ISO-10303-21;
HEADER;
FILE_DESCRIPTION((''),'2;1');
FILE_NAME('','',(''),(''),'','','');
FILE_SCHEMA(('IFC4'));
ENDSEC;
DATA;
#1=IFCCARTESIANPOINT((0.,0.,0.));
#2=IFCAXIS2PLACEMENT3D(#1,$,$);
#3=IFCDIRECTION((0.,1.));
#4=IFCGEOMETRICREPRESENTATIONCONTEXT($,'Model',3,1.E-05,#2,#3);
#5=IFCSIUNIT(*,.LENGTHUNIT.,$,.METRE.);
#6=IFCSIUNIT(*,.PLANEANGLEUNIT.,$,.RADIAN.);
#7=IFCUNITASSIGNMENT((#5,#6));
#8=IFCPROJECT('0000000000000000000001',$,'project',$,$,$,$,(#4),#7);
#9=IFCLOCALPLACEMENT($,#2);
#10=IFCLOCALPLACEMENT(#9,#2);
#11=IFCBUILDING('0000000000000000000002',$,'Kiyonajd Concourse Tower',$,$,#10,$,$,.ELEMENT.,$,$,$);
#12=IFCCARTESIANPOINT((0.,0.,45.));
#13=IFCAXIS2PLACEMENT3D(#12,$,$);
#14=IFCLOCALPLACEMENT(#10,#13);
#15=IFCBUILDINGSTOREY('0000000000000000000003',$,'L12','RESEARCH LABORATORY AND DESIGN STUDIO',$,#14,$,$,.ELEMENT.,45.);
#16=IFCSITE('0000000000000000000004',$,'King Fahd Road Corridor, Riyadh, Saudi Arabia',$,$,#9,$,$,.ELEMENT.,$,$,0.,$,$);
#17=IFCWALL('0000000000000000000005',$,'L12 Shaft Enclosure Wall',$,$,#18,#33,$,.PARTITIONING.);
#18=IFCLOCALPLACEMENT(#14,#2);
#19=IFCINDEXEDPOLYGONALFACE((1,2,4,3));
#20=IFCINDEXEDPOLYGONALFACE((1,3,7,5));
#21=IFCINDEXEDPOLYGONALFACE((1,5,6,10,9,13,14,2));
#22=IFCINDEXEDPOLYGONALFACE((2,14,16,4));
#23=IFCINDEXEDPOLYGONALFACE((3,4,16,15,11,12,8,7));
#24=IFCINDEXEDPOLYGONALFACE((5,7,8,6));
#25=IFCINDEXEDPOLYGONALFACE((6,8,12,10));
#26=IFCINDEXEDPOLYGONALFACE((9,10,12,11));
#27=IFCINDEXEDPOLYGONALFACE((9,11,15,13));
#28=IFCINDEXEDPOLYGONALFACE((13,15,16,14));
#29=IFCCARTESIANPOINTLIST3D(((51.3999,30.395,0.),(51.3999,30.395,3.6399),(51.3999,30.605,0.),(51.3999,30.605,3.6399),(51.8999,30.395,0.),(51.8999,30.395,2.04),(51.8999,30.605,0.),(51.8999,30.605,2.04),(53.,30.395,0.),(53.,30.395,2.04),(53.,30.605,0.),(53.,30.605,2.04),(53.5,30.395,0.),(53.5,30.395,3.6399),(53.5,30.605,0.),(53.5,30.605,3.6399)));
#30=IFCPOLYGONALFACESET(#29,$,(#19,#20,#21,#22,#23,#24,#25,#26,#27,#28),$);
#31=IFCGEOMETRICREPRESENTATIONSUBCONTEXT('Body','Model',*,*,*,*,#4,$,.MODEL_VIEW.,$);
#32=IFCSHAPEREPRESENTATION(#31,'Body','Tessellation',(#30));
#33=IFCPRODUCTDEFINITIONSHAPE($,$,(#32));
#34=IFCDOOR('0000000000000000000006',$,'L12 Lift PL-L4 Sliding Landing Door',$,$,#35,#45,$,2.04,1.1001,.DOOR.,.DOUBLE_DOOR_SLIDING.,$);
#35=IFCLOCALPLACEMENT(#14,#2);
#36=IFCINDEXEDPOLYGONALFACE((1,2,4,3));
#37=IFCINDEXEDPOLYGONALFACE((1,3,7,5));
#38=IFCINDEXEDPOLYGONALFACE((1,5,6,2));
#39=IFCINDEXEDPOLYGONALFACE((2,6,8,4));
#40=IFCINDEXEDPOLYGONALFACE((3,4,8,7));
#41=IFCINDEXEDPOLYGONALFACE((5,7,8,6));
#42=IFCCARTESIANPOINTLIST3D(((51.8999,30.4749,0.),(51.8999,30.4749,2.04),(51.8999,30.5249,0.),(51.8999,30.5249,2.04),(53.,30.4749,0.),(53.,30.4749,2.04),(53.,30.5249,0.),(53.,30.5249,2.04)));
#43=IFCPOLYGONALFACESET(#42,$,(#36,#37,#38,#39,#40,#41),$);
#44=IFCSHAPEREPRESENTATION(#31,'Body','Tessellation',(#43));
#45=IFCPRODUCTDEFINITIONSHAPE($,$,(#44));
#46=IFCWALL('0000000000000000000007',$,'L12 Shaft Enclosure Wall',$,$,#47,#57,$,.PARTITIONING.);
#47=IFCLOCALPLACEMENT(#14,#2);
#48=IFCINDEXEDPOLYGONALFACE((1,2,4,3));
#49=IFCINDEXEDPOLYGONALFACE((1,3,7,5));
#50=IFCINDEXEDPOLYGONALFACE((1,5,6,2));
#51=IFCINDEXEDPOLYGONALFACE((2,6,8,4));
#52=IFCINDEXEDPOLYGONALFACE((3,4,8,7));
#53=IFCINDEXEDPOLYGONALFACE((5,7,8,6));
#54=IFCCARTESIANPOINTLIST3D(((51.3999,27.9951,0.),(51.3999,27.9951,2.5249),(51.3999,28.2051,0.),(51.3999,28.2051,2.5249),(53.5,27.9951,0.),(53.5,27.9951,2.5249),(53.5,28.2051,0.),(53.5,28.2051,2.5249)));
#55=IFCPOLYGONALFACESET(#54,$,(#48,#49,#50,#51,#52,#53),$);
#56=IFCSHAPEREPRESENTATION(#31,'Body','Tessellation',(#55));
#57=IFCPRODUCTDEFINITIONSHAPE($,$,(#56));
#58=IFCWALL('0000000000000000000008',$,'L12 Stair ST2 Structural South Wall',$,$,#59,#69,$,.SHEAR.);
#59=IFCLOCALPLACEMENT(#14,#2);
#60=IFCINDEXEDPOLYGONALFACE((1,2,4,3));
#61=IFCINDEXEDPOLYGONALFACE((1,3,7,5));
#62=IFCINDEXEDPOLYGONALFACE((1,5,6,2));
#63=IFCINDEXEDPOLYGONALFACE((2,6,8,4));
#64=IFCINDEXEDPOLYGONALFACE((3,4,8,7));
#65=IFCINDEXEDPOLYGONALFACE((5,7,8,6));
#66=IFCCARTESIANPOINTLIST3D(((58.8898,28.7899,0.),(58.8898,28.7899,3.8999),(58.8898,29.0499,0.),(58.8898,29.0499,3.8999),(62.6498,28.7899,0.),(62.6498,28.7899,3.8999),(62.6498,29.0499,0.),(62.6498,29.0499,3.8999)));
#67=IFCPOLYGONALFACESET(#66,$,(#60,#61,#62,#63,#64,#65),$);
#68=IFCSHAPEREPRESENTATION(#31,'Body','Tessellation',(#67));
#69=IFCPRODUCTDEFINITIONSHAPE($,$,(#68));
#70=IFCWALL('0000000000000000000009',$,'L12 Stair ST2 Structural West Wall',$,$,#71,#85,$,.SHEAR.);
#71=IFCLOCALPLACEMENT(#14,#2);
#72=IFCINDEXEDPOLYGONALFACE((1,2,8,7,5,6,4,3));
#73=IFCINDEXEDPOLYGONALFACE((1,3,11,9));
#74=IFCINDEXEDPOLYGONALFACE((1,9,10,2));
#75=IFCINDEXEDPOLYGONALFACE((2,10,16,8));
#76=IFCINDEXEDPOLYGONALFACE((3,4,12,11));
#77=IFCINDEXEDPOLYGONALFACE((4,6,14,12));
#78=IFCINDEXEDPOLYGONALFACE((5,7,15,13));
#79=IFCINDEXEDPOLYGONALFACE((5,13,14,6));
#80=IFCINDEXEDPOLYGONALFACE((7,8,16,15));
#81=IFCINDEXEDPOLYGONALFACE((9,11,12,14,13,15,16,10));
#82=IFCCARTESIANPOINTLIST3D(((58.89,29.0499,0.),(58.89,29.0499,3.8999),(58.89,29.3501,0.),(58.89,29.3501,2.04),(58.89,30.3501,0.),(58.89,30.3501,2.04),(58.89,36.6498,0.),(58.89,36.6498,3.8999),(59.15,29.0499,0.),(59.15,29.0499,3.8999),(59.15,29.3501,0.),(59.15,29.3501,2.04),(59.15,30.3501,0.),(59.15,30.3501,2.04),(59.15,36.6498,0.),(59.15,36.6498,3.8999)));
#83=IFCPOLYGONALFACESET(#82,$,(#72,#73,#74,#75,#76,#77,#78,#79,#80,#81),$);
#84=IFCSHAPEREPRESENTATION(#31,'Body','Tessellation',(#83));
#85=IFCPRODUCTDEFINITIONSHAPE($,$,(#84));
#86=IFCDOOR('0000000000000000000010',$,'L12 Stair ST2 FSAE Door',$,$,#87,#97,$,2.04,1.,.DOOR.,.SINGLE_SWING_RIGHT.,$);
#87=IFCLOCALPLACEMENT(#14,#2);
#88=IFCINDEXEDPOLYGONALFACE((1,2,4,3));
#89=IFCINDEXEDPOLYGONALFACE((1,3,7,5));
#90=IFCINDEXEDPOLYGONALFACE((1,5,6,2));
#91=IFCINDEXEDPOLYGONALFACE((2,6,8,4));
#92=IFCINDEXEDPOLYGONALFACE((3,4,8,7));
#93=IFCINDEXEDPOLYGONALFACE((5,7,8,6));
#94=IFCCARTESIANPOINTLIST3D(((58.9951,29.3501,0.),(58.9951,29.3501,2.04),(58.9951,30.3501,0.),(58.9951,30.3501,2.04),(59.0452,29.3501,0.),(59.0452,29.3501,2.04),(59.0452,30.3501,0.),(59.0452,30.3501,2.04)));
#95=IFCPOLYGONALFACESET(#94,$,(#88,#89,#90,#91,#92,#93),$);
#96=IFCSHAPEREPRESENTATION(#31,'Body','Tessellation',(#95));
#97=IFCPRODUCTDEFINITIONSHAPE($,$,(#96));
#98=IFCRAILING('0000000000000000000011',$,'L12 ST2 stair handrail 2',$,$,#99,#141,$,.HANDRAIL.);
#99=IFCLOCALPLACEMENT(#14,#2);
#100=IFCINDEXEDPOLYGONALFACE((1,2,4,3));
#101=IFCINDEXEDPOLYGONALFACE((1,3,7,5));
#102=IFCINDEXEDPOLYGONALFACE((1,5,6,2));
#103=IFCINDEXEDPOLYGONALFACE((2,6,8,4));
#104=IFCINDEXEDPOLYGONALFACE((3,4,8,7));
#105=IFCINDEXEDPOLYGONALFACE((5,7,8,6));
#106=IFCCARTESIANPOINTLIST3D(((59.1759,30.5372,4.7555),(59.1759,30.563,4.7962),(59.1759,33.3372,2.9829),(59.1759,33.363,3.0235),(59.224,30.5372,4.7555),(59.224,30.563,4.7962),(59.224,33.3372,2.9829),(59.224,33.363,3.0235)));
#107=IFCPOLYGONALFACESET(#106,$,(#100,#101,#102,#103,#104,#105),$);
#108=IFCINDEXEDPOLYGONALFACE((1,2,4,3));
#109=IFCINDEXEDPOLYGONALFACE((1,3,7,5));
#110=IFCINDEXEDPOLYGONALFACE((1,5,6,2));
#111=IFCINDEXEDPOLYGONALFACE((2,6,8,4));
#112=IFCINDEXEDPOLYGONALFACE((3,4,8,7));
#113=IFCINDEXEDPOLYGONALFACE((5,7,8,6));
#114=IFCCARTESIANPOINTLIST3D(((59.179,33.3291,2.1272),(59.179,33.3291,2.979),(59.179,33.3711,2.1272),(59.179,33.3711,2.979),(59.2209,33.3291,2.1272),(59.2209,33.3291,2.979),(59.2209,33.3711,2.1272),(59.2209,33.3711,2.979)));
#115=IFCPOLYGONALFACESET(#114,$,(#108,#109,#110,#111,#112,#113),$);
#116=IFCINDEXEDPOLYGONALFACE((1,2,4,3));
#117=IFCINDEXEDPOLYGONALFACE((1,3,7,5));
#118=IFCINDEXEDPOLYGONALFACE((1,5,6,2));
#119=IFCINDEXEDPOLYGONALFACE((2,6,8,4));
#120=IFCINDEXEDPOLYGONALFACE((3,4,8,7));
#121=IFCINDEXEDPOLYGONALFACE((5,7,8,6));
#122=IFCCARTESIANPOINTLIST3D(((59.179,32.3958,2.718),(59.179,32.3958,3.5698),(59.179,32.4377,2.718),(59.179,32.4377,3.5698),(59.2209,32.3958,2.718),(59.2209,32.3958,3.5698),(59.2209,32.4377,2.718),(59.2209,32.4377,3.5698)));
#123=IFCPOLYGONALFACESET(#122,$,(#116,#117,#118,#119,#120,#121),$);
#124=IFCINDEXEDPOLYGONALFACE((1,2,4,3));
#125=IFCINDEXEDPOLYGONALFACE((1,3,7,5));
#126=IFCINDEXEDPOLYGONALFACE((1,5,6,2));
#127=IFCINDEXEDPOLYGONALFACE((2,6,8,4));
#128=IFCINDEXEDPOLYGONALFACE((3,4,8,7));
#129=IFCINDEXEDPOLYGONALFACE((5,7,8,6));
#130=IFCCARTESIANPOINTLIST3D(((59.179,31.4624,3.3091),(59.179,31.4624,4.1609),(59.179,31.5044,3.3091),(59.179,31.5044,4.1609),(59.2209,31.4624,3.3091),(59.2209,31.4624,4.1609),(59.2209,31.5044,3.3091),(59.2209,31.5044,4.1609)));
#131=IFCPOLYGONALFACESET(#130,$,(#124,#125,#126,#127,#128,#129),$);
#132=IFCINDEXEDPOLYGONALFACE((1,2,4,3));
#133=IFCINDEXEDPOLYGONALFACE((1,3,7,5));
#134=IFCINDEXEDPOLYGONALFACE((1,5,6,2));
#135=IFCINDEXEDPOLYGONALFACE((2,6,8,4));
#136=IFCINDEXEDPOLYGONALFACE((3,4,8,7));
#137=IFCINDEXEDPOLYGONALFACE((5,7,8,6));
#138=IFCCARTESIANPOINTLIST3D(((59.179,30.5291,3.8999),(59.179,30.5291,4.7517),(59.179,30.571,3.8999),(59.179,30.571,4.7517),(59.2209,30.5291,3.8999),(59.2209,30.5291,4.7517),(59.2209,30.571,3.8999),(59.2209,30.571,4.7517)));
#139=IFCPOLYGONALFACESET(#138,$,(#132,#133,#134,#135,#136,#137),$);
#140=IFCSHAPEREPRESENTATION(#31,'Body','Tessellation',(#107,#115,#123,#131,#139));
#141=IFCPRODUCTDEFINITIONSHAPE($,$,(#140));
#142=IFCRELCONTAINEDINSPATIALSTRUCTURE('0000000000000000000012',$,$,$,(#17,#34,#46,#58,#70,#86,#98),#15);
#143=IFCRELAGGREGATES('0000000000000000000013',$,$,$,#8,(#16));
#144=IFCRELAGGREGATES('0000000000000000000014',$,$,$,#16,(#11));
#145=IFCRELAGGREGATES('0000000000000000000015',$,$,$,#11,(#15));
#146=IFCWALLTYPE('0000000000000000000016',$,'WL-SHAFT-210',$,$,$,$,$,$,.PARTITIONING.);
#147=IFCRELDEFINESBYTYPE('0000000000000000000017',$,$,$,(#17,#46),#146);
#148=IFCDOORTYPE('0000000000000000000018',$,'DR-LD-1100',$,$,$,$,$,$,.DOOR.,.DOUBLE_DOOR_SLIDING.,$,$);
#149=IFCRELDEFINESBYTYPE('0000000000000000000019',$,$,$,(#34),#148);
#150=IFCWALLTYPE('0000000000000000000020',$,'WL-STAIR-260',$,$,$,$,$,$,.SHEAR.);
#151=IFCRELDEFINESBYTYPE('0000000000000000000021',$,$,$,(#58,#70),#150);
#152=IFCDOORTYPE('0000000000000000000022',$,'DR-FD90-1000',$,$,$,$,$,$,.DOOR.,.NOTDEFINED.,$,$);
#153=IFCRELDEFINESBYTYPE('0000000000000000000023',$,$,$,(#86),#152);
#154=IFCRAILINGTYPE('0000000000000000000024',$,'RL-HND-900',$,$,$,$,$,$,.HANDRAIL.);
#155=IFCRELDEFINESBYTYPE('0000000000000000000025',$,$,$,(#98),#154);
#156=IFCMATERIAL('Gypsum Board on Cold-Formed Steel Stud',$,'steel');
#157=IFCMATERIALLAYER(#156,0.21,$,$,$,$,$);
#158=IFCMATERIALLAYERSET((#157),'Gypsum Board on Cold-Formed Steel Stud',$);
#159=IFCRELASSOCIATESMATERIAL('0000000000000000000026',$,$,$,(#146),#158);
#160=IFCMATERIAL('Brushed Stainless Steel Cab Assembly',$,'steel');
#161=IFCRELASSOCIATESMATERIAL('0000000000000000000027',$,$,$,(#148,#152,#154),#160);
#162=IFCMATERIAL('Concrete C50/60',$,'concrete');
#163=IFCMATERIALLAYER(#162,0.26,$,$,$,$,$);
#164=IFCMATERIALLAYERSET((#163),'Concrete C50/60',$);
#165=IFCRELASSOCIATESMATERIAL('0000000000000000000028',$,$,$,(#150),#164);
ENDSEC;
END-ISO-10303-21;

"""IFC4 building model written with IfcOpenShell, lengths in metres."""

from ifc_helpers import new_model, si_unit, direction, frame, frame_2d, origin, origin_2d, place, context, subcontext, project, spatial, rectangle, extrude, material, layer, layer_set, type_object, element, fill, save


model = new_model("IFC4")

# Units and contexts
model_context = context("Model", 3, precision=1e-05, world=origin(), true_north=direction((0.0, 1.0)))
body_context = subcontext(model_context, "Body", "Model", "MODEL_VIEW")
ifc_project = project(units=[si_unit("LENGTHUNIT", "METRE"), si_unit("PLANEANGLEUNIT", "RADIAN")], contexts=[model_context])

# Site, building, storey
site_placement = place(None, origin())
site = spatial("IfcSite", under=ifc_project, at=site_placement, Name="King Fahd Road Corridor, Riyadh, Saudi Arabia", CompositionType="ELEMENT", RefElevation=0.0)
building_placement = place(site_placement, origin())
building = spatial("IfcBuilding", under=site, at=building_placement, Name="Kiyonajd Concourse Tower", CompositionType="ELEMENT")
storey_placement = place(building_placement, frame((0.0, 0.0, 45.0)))
storey = spatial("IfcBuildingStorey", under=building, at=storey_placement, Name="L12", Description="RESEARCH LABORATORY AND DESIGN STUDIO", CompositionType="ELEMENT", Elevation=45.0)

# Shared definitions
ifc_material_1 = material(Name="Concrete C50/60", Category="concrete")

# Shared definitions
ifc_material_2 = material(Name="Brushed Stainless Steel Cab Assembly", Category="steel")
ifc_material_3 = material(Name="Gypsum Board on Cold-Formed Steel Stud", Category="steel")
ifc_layer_1 = layer(ifc_material_3, 0.21)
ifc_layer_set_1 = layer_set([ifc_layer_1], Name="Gypsum Board on Cold-Formed Steel Stud")
wall_type_1 = type_object("IfcWallType", Name="WL-SHAFT-210", PredefinedType="PARTITIONING", material=ifc_layer_set_1)

# Wall, opening, door
wall_1_placement = place(storey_placement, frame((51.3999, 30.5, 0.0), z_axis=(0.0, 0.0, 1.0), x_axis=(1.0, 0.0, 0.0)))
wall_1 = element("IfcWall", 1, at=wall_1_placement, inside=storey, type_object=wall_type_1, Name="L12 Shaft Enclosure Wall", PredefinedType="PARTITIONING", context=body_context, shape_type="SweptSolid", body=[
    extrude(rectangle(XDim=2.1001, YDim=0.21, at=frame_2d((1.05, 0.0))), origin(), (0.0, 0.0, 1.0), 3.6399),
])
opening_1_placement = place(wall_1_placement, frame((0.5, 0.0, 0.0)))
opening_1 = element("IfcOpeningElement", 2, at=opening_1_placement, cuts=wall_1, PredefinedType="OPENING", context=body_context, shape_type="SweptSolid", body=[
    extrude(rectangle(XDim=1.1001, YDim=2.04, at=frame_2d((0.55, 1.02))), frame((0.0, 0.115, 0.0), z_axis=(0.0, -1.0, 0.0), x_axis=(1.0, 0.0, 0.0)), (0.0, 0.0, 1.0), 0.23),
])
door_type_1 = type_object("IfcDoorType", Name="DR-LD-1100", OperationType="DOUBLE_DOOR_SLIDING", PredefinedType="DOOR", material=ifc_material_2)
door_1_placement = place(opening_1_placement, origin())
door_1 = element("IfcDoor", 3, at=door_1_placement, inside=storey, type_object=door_type_1, Name="L12 Lift PL-L4 Sliding Landing Door", OperationType="DOUBLE_DOOR_SLIDING", OverallHeight=2.04, OverallWidth=1.1001, PredefinedType="DOOR", context=body_context, shape_type="SweptSolid", body=[
    extrude(rectangle(XDim=1.1001, YDim=2.04, at=frame_2d((0.55, 1.02))), frame((0.0, 0.0249, 0.0), z_axis=(0.0, -1.0, 0.0), x_axis=(1.0, 0.0, 0.0)), (0.0, 0.0, 1.0), 0.05),
])
fill(opening_1, door_1)

# Walls
wall_2_placement = place(storey_placement, frame((51.3999, 28.1001, 0.0), z_axis=(0.0, 0.0, 1.0), x_axis=(1.0, 0.0, 0.0)))
element("IfcWall", 4, at=wall_2_placement, inside=storey, type_object=wall_type_1, Name="L12 Shaft Enclosure Wall", PredefinedType="PARTITIONING", context=body_context, shape_type="SweptSolid", body=[
    extrude(rectangle(XDim=2.1001, YDim=0.21, at=frame_2d((1.05, 0.0))), origin(), (0.0, 0.0, 1.0), 2.5249),
])
ifc_layer_2 = layer(ifc_material_1, 0.26)
ifc_layer_set_2 = layer_set([ifc_layer_2], Name="Concrete C50/60")
wall_type_2 = type_object("IfcWallType", Name="WL-STAIR-260", PredefinedType="SHEAR", material=ifc_layer_set_2)
wall_3_placement = place(storey_placement, frame((58.8899, 28.9199, 0.0), z_axis=(0.0, 0.0, 1.0), x_axis=(1.0, 0.0, 0.0)))
element("IfcWall", 5, at=wall_3_placement, inside=storey, type_object=wall_type_2, Name="L12 Stair ST2 Structural South Wall", PredefinedType="SHEAR", context=body_context, shape_type="SweptSolid", body=[
    extrude(rectangle(XDim=3.76, YDim=0.26, at=frame_2d((1.8799, 0.0))), origin(), (0.0, 0.0, 1.0), 3.8999),
])

# Wall, opening, door
wall_4_placement = place(storey_placement, frame((59.02, 29.05, 0.0), z_axis=(0.0, 0.0, 1.0), x_axis=(0.0, 1.0, 0.0)))
wall_4 = element("IfcWall", 6, at=wall_4_placement, inside=storey, type_object=wall_type_2, Name="L12 Stair ST2 Structural West Wall", PredefinedType="SHEAR", context=body_context, shape_type="SweptSolid", body=[
    extrude(rectangle(XDim=7.5999, YDim=0.26, at=frame_2d((3.7998, 0.0))), origin(), (0.0, 0.0, 1.0), 3.8999),
])
opening_2_placement = place(wall_4_placement, frame((0.3, 0.0, 0.0)))
opening_2 = element("IfcOpeningElement", 7, at=opening_2_placement, cuts=wall_4, PredefinedType="OPENING", context=body_context, shape_type="SweptSolid", body=[
    extrude(rectangle(XDim=1.0, YDim=2.04, at=frame_2d((0.5, 1.02))), frame((0.0, 0.1399, 0.0), z_axis=(0.0, -1.0, 0.0), x_axis=(1.0, 0.0, 0.0)), (0.0, 0.0, 1.0), 0.28),
])
door_type_2 = type_object("IfcDoorType", Name="DR-FD90-1000", OperationType="NOTDEFINED", PredefinedType="DOOR", material=ifc_material_2)
door_2_placement = place(opening_2_placement, origin())
door_2 = element("IfcDoor", 8, at=door_2_placement, inside=storey, type_object=door_type_2, Name="L12 Stair ST2 FSAE Door", OperationType="SINGLE_SWING_RIGHT", OverallHeight=2.04, OverallWidth=1.0, PredefinedType="DOOR", context=body_context, shape_type="SweptSolid", body=[
    extrude(rectangle(XDim=1.0, YDim=2.04, at=frame_2d((0.5, 1.02))), frame((0.0, 0.0249, 0.0), z_axis=(0.0, -1.0, 0.0), x_axis=(1.0, 0.0, 0.0)), (0.0, 0.0, 1.0), 0.05),
])
fill(opening_2, door_2)

# Railing
railing_type = type_object("IfcRailingType", Name="RL-HND-900", PredefinedType="HANDRAIL", material=ifc_material_2)
railing_placement = place(storey_placement, frame((59.2, 33.3501, 2.1272)))
element("IfcRailing", 9, at=railing_placement, inside=storey, type_object=railing_type, Name="L12 ST2 stair handrail 2", PredefinedType="HANDRAIL", context=body_context, shape_type="SweptSolid", body=[
    extrude(rectangle(XDim=0.0481, YDim=0.0481, at=origin_2d()), frame((0.0, 0.0, 0.876), z_axis=(0.0, -0.844909, 0.53491), x_axis=(1.0, 0.0, 0.0)), (0.0, 0.0, 1.0), 3.314),
    extrude(rectangle(XDim=0.042, YDim=0.042, at=origin_2d()), origin(), (0.0, 0.0, 1.0), 0.8518),
    extrude(rectangle(XDim=0.042, YDim=0.042, at=origin_2d()), frame((0.0, -0.9333, 0.5908)), (0.0, 0.0, 1.0), 0.8518),
    extrude(rectangle(XDim=0.042, YDim=0.042, at=origin_2d()), frame((0.0, -1.8667, 1.1819)), (0.0, 0.0, 1.0), 0.8518),
    extrude(rectangle(XDim=0.042, YDim=0.042, at=origin_2d()), frame((0.0, -2.8, 1.7727)), (0.0, 0.0, 1.0), 0.8518),
])

save(model, "model.ifc")
